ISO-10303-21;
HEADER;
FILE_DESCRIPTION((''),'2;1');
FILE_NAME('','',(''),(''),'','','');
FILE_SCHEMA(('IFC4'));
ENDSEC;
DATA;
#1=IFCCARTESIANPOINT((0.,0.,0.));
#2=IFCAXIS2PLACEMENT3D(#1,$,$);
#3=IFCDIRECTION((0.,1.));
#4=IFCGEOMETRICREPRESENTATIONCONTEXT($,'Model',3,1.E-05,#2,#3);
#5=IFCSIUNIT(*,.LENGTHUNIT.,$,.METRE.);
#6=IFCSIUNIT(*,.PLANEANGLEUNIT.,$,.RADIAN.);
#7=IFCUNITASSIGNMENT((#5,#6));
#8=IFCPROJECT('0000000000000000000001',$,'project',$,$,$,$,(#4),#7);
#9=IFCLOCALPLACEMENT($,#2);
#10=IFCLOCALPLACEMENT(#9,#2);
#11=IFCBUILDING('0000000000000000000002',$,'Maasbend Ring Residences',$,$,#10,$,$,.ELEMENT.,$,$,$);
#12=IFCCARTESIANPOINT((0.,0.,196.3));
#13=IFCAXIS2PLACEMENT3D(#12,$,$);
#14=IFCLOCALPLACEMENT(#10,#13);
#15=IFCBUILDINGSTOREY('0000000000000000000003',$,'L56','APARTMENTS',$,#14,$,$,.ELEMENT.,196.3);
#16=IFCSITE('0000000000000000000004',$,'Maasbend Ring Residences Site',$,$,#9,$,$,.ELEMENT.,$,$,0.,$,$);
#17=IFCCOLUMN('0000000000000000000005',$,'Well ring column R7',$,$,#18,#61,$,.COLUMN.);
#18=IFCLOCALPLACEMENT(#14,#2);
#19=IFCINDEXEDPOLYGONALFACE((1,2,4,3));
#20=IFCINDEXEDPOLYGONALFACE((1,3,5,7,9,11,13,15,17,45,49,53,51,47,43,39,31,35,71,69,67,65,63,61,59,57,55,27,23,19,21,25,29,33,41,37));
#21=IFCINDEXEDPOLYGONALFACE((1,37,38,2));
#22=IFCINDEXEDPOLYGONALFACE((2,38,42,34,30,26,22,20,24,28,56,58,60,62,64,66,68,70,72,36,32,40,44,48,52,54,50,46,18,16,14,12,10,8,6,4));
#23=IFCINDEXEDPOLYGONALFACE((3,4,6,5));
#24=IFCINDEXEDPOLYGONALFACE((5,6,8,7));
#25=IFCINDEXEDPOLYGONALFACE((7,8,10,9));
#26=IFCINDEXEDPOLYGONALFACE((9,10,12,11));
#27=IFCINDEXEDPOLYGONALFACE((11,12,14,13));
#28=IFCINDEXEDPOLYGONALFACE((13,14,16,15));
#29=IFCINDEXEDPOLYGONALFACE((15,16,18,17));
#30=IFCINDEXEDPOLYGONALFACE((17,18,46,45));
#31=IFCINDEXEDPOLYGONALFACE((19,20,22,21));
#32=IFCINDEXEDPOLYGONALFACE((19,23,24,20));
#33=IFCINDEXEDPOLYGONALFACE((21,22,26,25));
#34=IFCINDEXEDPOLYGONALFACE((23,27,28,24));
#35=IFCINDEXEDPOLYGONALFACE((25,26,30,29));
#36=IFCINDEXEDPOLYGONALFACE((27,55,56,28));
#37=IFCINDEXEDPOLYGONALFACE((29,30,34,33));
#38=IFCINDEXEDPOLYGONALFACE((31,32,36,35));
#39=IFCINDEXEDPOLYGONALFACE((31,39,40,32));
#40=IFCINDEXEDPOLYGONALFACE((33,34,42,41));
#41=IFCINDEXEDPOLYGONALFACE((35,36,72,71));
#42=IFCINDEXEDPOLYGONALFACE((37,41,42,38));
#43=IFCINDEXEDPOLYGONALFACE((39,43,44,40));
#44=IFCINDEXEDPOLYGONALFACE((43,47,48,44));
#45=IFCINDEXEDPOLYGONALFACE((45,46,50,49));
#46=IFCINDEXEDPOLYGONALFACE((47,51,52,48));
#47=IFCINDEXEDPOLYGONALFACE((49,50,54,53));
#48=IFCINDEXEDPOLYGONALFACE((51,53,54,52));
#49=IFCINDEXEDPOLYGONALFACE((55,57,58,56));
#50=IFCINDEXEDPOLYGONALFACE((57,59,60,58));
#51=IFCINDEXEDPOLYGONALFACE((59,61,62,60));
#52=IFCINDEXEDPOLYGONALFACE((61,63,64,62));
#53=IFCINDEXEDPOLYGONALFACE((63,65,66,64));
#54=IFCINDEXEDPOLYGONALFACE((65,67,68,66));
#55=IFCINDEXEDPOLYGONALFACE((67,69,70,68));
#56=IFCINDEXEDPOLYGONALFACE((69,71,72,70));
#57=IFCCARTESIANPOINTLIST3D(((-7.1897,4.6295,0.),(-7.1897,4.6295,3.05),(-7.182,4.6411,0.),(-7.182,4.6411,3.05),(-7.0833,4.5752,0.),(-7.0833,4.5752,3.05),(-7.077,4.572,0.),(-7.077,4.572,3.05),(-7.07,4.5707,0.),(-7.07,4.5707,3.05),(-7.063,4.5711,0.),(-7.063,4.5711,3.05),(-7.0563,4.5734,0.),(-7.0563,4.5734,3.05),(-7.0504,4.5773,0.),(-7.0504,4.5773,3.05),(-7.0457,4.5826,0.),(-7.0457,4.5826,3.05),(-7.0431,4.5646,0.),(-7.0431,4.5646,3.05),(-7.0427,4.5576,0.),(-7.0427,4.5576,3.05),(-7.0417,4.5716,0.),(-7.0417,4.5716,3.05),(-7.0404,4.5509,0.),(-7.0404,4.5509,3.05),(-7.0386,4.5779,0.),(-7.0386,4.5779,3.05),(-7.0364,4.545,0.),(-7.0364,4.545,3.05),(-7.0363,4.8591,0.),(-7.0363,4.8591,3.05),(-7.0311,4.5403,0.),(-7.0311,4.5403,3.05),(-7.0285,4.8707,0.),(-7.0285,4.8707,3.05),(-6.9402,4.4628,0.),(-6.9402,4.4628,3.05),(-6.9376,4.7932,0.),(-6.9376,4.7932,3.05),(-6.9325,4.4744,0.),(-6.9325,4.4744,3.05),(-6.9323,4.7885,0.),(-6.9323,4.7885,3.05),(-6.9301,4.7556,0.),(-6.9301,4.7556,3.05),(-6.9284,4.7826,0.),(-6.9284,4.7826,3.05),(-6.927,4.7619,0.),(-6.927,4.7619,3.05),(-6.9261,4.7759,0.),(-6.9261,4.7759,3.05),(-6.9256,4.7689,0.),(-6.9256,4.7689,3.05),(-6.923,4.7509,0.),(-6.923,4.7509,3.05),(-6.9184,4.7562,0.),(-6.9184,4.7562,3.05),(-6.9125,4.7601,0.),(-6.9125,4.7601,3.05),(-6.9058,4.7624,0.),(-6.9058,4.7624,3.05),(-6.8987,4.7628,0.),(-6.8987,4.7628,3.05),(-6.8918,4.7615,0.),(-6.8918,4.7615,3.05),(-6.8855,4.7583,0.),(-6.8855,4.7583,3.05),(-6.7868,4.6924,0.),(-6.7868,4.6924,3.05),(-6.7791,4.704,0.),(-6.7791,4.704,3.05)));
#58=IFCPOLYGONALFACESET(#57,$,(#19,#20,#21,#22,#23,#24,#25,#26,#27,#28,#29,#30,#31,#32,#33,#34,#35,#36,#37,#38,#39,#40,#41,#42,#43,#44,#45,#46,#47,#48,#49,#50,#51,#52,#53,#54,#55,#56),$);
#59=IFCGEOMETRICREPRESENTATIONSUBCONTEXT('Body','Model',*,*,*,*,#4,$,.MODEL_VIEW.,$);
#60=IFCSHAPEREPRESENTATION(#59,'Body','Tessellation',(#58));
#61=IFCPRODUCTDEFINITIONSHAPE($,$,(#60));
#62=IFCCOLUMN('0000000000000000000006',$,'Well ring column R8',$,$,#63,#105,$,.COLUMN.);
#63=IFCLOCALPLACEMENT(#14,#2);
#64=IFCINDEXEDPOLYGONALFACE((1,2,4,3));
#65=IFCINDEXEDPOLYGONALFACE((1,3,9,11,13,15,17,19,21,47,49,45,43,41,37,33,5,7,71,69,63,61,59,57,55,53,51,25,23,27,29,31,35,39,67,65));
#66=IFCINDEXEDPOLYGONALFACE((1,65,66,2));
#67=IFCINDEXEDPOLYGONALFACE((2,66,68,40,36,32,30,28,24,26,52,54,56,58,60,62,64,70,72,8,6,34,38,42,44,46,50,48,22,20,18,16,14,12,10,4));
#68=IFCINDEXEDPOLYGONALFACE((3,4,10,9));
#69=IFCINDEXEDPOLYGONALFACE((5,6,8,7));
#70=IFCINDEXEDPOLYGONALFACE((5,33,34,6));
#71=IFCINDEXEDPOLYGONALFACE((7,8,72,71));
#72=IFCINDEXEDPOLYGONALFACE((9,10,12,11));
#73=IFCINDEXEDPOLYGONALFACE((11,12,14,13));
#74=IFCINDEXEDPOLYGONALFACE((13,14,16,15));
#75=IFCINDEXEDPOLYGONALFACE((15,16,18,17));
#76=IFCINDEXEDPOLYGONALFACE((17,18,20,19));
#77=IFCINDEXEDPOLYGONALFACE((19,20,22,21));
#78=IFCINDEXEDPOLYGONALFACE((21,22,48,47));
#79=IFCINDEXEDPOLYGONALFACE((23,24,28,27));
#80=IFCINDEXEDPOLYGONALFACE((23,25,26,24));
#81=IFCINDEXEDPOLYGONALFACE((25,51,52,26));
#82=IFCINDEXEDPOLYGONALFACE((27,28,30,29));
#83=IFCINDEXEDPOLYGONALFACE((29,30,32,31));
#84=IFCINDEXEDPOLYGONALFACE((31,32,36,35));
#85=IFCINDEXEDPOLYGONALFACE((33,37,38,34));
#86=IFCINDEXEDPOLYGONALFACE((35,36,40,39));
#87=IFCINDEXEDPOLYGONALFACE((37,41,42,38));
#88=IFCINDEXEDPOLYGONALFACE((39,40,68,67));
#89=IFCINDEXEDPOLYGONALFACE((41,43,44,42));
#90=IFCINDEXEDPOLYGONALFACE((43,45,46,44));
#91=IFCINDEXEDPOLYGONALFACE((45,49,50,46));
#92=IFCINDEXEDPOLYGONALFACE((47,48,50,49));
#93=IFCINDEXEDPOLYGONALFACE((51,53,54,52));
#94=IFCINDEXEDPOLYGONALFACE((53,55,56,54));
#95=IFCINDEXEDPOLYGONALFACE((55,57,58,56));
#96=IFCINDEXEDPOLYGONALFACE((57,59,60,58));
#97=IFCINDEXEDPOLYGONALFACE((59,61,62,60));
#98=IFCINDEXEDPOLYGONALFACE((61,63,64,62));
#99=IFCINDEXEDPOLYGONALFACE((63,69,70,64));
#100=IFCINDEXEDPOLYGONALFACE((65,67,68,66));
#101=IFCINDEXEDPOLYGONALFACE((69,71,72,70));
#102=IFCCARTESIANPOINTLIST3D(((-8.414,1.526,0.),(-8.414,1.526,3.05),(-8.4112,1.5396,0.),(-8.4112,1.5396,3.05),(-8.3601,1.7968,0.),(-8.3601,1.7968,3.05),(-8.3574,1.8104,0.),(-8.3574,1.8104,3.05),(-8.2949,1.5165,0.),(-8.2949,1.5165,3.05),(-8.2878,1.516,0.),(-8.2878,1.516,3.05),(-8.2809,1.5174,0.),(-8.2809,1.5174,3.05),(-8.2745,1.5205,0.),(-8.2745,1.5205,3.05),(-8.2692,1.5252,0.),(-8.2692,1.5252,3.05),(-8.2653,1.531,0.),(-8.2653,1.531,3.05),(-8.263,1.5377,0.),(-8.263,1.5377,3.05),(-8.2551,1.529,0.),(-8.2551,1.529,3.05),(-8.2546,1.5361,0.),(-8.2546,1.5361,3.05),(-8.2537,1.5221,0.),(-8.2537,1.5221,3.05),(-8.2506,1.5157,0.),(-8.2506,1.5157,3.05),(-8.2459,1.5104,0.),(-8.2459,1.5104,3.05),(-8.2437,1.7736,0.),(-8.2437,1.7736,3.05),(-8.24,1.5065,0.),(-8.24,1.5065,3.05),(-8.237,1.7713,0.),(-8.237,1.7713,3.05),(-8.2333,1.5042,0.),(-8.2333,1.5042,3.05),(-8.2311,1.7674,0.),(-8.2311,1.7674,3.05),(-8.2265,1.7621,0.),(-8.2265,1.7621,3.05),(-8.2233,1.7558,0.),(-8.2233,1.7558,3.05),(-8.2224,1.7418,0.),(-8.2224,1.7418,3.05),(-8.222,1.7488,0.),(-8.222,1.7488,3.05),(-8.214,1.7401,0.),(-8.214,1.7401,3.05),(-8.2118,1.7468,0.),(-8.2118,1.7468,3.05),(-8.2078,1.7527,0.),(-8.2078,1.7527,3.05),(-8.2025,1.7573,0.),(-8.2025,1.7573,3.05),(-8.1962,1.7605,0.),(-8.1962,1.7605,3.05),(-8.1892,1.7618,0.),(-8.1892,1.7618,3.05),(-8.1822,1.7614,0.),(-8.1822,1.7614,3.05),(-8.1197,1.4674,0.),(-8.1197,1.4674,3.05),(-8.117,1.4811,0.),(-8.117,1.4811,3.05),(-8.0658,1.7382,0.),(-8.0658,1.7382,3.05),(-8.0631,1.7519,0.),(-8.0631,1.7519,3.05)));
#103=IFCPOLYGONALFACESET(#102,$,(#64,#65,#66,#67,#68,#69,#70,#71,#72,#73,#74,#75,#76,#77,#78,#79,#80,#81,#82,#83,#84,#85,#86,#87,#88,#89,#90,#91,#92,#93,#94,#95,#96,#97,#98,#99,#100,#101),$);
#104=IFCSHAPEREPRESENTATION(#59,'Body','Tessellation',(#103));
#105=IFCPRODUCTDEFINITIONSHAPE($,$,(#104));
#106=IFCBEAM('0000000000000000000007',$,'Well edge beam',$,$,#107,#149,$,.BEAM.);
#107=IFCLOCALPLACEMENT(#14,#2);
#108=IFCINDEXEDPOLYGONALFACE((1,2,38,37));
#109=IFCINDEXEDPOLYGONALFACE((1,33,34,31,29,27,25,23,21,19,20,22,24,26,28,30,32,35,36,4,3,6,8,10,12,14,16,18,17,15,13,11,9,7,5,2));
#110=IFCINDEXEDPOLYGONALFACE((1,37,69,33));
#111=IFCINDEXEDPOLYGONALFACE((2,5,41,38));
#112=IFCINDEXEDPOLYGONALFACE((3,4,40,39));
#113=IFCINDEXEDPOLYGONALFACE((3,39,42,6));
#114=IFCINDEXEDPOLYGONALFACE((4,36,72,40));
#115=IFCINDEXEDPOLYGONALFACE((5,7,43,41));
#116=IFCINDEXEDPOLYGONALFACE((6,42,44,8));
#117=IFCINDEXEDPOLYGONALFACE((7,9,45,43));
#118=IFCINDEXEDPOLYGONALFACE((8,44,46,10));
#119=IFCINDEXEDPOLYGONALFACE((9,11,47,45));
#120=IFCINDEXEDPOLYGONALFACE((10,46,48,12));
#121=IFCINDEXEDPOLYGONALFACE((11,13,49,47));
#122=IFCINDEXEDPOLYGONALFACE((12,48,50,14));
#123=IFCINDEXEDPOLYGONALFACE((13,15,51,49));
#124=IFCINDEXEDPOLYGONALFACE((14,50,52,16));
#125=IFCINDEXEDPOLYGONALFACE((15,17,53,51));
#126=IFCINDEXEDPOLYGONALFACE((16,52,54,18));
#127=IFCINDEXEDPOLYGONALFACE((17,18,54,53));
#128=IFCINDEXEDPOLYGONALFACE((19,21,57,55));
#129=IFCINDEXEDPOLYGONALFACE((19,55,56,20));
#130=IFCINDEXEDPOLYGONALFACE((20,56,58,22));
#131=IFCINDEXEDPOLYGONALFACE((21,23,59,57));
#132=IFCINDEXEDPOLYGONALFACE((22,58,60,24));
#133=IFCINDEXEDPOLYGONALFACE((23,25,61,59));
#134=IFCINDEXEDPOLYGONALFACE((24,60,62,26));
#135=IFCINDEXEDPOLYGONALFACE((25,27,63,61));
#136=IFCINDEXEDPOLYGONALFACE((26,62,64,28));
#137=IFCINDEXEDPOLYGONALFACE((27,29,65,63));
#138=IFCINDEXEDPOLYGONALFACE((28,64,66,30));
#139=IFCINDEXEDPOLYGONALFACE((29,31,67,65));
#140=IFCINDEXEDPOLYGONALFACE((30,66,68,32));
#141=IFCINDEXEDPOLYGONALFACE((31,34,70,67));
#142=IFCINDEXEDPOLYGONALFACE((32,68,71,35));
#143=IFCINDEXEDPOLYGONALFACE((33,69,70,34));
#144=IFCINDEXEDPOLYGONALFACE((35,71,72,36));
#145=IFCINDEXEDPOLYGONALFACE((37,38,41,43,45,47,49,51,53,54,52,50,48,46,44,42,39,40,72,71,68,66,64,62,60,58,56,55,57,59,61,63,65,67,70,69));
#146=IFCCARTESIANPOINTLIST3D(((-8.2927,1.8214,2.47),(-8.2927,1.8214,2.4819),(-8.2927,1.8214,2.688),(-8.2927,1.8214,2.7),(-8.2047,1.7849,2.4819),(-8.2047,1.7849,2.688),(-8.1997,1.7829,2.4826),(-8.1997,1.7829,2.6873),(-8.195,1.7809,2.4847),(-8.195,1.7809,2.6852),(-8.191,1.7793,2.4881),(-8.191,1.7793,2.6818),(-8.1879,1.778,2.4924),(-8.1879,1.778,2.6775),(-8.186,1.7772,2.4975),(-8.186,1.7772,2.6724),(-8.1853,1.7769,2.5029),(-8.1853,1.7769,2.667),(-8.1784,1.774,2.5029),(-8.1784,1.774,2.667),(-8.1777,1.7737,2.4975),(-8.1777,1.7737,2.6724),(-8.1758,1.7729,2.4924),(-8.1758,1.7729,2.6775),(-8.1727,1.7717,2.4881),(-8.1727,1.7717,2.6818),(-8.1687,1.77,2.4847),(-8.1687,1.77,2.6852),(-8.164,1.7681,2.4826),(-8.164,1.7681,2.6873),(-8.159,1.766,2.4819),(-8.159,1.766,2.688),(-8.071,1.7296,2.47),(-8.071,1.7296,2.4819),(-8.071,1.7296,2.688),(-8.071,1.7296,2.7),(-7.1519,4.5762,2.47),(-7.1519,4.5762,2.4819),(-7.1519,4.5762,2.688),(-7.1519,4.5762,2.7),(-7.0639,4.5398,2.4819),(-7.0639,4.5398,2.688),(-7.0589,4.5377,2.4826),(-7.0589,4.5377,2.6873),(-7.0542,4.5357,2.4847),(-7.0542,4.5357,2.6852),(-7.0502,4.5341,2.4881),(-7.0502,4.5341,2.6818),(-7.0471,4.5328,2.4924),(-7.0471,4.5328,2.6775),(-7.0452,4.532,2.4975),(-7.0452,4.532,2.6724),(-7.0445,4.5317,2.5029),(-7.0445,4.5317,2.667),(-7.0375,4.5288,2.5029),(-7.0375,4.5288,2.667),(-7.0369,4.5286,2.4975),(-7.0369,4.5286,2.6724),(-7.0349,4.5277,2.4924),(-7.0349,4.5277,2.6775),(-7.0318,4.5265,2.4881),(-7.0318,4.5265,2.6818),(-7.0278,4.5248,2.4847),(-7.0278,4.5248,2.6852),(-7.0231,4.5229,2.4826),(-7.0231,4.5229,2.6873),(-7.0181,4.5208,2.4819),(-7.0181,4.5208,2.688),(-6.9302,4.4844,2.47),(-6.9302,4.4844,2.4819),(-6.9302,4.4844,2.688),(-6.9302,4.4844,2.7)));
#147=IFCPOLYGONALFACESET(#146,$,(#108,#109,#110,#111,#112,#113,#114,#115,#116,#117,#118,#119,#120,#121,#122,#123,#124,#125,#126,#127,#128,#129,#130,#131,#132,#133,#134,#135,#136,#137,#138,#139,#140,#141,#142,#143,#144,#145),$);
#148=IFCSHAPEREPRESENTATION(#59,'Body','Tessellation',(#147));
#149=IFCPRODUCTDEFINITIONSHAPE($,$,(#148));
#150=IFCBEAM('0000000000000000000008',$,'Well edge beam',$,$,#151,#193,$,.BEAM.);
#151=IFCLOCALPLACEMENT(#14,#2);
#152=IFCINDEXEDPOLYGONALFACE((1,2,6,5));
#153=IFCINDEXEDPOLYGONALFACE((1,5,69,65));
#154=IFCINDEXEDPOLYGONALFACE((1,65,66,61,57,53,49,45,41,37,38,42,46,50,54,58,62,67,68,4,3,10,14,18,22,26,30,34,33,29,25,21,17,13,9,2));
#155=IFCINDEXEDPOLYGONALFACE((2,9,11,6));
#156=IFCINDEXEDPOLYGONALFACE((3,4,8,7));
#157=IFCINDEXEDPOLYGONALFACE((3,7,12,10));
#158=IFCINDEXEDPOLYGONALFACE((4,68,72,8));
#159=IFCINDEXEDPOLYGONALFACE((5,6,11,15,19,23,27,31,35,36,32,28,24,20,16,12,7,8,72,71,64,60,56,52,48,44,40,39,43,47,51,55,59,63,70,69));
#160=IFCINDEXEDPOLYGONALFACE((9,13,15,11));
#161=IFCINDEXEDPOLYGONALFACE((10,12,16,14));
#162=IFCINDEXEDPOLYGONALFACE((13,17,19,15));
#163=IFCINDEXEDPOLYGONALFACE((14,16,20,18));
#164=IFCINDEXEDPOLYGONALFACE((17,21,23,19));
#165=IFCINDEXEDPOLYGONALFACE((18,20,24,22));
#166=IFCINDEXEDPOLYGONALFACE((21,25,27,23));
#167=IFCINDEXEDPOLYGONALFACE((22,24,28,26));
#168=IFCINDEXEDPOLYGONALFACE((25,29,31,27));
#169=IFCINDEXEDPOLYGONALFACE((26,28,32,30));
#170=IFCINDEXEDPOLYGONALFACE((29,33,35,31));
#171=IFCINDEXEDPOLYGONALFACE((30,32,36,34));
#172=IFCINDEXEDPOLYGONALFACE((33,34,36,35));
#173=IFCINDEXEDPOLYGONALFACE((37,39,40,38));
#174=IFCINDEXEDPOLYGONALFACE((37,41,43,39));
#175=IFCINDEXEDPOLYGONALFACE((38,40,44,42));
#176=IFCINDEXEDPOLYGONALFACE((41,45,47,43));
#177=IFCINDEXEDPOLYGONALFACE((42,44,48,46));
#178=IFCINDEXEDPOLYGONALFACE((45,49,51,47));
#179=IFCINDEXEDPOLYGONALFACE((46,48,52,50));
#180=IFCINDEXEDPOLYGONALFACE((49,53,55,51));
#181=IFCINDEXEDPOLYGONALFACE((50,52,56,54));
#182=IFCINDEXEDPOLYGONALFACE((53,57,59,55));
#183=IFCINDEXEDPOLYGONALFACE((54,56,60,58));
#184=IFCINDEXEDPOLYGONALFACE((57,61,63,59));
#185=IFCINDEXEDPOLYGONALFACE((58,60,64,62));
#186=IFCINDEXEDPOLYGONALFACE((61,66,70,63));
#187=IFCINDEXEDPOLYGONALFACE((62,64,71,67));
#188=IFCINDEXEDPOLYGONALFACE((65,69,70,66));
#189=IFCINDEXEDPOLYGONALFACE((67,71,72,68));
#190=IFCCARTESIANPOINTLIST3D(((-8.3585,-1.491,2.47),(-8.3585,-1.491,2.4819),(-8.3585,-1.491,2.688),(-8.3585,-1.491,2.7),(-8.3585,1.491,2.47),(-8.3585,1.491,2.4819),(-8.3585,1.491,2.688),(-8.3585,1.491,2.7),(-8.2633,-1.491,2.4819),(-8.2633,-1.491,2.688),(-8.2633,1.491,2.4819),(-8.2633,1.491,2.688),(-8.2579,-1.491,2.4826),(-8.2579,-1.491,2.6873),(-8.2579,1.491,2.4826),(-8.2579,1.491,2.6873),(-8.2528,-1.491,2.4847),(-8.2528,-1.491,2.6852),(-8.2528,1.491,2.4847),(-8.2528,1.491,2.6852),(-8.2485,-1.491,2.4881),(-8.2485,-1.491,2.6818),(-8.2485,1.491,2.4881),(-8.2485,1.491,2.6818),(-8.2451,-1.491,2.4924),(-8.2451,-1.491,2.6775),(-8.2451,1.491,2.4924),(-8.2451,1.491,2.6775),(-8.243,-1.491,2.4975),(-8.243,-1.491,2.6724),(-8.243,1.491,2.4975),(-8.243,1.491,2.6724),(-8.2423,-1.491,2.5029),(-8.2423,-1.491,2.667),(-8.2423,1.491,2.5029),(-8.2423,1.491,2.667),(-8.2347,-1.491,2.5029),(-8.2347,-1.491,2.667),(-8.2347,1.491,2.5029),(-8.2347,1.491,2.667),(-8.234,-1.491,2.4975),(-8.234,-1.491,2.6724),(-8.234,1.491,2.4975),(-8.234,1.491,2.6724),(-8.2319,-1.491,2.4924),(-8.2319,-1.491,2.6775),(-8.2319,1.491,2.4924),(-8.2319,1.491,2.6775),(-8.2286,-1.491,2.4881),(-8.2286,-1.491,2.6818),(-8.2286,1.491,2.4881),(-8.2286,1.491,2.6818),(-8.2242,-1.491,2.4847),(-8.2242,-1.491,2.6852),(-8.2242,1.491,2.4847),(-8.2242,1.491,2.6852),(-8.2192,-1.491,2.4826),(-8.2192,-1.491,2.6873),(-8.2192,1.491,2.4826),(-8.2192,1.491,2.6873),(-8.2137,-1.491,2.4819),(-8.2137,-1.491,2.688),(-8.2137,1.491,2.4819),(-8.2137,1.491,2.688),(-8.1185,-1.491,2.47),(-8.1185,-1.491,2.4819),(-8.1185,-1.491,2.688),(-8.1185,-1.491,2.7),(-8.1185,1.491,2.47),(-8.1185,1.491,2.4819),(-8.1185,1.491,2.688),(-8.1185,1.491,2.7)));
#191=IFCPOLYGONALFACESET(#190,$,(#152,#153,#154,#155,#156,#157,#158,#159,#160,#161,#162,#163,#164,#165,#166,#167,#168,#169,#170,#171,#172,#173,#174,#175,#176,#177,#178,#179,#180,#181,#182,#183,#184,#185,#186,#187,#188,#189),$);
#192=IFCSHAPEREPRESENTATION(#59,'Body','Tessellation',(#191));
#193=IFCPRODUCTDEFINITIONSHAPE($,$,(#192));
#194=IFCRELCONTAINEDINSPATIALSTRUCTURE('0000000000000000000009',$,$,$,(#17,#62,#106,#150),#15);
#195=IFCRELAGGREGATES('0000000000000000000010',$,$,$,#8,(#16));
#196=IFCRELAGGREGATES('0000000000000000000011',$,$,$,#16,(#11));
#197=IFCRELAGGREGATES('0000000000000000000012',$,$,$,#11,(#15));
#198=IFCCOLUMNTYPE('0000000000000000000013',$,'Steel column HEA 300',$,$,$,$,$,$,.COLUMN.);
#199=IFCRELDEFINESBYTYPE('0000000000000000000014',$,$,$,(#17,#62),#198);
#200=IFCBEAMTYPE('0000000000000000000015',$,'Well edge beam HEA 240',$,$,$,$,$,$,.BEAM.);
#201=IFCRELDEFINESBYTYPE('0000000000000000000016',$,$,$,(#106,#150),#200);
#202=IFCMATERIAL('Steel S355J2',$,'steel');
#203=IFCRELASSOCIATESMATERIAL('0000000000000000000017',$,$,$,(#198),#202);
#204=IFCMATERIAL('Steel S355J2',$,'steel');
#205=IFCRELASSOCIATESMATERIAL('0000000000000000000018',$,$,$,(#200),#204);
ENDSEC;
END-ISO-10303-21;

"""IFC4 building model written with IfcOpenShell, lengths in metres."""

from ifc_helpers import new_model, si_unit, direction, frame, origin, origin_2d, place, context, subcontext, project, spatial, i_section, extrude, material, material_profile, profile_set, type_object, element, save


model = new_model("IFC4")

# Units and contexts
model_context = context("Model", 3, precision=1e-05, world=origin(), true_north=direction((0.0, 1.0)))
body_context = subcontext(model_context, "Body", "Model", "MODEL_VIEW")
ifc_project = project(units=[si_unit("LENGTHUNIT", "METRE"), si_unit("PLANEANGLEUNIT", "RADIAN")], contexts=[model_context])

# Site, building, storey
site_placement = place(None, origin())
site = spatial("IfcSite", under=ifc_project, at=site_placement, Name="Maasbend Ring Residences Site", CompositionType="ELEMENT", RefElevation=0.0)
building_placement = place(site_placement, origin())
building = spatial("IfcBuilding", under=site, at=building_placement, Name="Maasbend Ring Residences", CompositionType="ELEMENT")
storey_placement = place(building_placement, frame((0.0, 0.0, 196.3)))
storey = spatial("IfcBuildingStorey", under=building, at=storey_placement, Name="L56", Description="APARTMENTS", CompositionType="ELEMENT", Elevation=196.3)

# Columns
ifc_material_1 = material(Name="Steel S355J2", Category="steel")
ifc_material_profile_1 = material_profile(ifc_material_1, i_section(OverallWidth=0.3, OverallDepth=0.29, WebThickness=0.0085, FlangeThickness=0.0139, FilletRadius=0.0271, at=origin_2d()), Name="HEA 300")
ifc_profile_set_1 = profile_set([ifc_material_profile_1], Name="Steel S355J2")
column_type = type_object("IfcColumnType", Name="Steel column HEA 300", PredefinedType="COLUMN", material=ifc_profile_set_1)
for number, where, z_axis, x_axis, name in (
    (1, (-6.9844, 4.6667, 0.0), (0.0, 0.0, 1.0), (-0.83147, 0.55557, 0.0), "Well ring column R7"),
    (2, (-8.2385, 1.6389, 0.0), (0.0, 0.0, 1.0), (-0.980785, 0.19509, 0.0), "Well ring column R8"),
):
    element("IfcColumn", number, at=place(storey_placement, frame(where, z_axis=z_axis, x_axis=x_axis)), inside=storey, type_object=column_type, Name=name, PredefinedType="COLUMN", context=body_context, shape_type="SweptSolid", body=[
        extrude(i_section(OverallWidth=0.3, OverallDepth=0.29, WebThickness=0.0085, FlangeThickness=0.0139, FilletRadius=0.0271, at=origin_2d()), origin(), (0.0, 0.0, 1.0), 3.05),
    ])

# Beams
ifc_material_2 = material(Name="Steel S355J2", Category="steel")
ifc_material_profile_2 = material_profile(ifc_material_2, i_section(OverallWidth=0.24, OverallDepth=0.23, WebThickness=0.0076, FlangeThickness=0.012, FilletRadius=0.021, at=origin_2d()), Name="HEA 240")
ifc_profile_set_2 = profile_set([ifc_material_profile_2], Name="Steel S355J2")
beam_type = type_object("IfcBeamType", Name="Well edge beam HEA 240", PredefinedType="BEAM", material=ifc_profile_set_2)
beam_1_placement = place(storey_placement, frame((-7.041, 4.5303, 2.585), z_axis=(-0.382615, -0.923908, 0.0), x_axis=(0.923908, -0.382615, 0.0)))
element("IfcBeam", 3, at=beam_1_placement, inside=storey, type_object=beam_type, Name="Well edge beam", PredefinedType="BEAM", context=body_context, shape_type="SweptSolid", body=[
    extrude(i_section(OverallWidth=0.24, OverallDepth=0.23, WebThickness=0.0076, FlangeThickness=0.012, FilletRadius=0.021, at=origin_2d()), origin(), (0.0, 0.0, 1.0), 2.9817),
])
beam_2_placement = place(storey_placement, frame((-8.2385, 1.491, 2.585), z_axis=(0.0, -1.0, 0.0), x_axis=(1.0, 0.0, 0.0)))
element("IfcBeam", 4, at=beam_2_placement, inside=storey, type_object=beam_type, Name="Well edge beam", PredefinedType="BEAM", context=body_context, shape_type="SweptSolid", body=[
    extrude(i_section(OverallWidth=0.24, OverallDepth=0.23, WebThickness=0.0076, FlangeThickness=0.012, FilletRadius=0.021, at=origin_2d()), origin(), (0.0, 0.0, 1.0), 2.9819),
])

save(model, "model.ifc")
